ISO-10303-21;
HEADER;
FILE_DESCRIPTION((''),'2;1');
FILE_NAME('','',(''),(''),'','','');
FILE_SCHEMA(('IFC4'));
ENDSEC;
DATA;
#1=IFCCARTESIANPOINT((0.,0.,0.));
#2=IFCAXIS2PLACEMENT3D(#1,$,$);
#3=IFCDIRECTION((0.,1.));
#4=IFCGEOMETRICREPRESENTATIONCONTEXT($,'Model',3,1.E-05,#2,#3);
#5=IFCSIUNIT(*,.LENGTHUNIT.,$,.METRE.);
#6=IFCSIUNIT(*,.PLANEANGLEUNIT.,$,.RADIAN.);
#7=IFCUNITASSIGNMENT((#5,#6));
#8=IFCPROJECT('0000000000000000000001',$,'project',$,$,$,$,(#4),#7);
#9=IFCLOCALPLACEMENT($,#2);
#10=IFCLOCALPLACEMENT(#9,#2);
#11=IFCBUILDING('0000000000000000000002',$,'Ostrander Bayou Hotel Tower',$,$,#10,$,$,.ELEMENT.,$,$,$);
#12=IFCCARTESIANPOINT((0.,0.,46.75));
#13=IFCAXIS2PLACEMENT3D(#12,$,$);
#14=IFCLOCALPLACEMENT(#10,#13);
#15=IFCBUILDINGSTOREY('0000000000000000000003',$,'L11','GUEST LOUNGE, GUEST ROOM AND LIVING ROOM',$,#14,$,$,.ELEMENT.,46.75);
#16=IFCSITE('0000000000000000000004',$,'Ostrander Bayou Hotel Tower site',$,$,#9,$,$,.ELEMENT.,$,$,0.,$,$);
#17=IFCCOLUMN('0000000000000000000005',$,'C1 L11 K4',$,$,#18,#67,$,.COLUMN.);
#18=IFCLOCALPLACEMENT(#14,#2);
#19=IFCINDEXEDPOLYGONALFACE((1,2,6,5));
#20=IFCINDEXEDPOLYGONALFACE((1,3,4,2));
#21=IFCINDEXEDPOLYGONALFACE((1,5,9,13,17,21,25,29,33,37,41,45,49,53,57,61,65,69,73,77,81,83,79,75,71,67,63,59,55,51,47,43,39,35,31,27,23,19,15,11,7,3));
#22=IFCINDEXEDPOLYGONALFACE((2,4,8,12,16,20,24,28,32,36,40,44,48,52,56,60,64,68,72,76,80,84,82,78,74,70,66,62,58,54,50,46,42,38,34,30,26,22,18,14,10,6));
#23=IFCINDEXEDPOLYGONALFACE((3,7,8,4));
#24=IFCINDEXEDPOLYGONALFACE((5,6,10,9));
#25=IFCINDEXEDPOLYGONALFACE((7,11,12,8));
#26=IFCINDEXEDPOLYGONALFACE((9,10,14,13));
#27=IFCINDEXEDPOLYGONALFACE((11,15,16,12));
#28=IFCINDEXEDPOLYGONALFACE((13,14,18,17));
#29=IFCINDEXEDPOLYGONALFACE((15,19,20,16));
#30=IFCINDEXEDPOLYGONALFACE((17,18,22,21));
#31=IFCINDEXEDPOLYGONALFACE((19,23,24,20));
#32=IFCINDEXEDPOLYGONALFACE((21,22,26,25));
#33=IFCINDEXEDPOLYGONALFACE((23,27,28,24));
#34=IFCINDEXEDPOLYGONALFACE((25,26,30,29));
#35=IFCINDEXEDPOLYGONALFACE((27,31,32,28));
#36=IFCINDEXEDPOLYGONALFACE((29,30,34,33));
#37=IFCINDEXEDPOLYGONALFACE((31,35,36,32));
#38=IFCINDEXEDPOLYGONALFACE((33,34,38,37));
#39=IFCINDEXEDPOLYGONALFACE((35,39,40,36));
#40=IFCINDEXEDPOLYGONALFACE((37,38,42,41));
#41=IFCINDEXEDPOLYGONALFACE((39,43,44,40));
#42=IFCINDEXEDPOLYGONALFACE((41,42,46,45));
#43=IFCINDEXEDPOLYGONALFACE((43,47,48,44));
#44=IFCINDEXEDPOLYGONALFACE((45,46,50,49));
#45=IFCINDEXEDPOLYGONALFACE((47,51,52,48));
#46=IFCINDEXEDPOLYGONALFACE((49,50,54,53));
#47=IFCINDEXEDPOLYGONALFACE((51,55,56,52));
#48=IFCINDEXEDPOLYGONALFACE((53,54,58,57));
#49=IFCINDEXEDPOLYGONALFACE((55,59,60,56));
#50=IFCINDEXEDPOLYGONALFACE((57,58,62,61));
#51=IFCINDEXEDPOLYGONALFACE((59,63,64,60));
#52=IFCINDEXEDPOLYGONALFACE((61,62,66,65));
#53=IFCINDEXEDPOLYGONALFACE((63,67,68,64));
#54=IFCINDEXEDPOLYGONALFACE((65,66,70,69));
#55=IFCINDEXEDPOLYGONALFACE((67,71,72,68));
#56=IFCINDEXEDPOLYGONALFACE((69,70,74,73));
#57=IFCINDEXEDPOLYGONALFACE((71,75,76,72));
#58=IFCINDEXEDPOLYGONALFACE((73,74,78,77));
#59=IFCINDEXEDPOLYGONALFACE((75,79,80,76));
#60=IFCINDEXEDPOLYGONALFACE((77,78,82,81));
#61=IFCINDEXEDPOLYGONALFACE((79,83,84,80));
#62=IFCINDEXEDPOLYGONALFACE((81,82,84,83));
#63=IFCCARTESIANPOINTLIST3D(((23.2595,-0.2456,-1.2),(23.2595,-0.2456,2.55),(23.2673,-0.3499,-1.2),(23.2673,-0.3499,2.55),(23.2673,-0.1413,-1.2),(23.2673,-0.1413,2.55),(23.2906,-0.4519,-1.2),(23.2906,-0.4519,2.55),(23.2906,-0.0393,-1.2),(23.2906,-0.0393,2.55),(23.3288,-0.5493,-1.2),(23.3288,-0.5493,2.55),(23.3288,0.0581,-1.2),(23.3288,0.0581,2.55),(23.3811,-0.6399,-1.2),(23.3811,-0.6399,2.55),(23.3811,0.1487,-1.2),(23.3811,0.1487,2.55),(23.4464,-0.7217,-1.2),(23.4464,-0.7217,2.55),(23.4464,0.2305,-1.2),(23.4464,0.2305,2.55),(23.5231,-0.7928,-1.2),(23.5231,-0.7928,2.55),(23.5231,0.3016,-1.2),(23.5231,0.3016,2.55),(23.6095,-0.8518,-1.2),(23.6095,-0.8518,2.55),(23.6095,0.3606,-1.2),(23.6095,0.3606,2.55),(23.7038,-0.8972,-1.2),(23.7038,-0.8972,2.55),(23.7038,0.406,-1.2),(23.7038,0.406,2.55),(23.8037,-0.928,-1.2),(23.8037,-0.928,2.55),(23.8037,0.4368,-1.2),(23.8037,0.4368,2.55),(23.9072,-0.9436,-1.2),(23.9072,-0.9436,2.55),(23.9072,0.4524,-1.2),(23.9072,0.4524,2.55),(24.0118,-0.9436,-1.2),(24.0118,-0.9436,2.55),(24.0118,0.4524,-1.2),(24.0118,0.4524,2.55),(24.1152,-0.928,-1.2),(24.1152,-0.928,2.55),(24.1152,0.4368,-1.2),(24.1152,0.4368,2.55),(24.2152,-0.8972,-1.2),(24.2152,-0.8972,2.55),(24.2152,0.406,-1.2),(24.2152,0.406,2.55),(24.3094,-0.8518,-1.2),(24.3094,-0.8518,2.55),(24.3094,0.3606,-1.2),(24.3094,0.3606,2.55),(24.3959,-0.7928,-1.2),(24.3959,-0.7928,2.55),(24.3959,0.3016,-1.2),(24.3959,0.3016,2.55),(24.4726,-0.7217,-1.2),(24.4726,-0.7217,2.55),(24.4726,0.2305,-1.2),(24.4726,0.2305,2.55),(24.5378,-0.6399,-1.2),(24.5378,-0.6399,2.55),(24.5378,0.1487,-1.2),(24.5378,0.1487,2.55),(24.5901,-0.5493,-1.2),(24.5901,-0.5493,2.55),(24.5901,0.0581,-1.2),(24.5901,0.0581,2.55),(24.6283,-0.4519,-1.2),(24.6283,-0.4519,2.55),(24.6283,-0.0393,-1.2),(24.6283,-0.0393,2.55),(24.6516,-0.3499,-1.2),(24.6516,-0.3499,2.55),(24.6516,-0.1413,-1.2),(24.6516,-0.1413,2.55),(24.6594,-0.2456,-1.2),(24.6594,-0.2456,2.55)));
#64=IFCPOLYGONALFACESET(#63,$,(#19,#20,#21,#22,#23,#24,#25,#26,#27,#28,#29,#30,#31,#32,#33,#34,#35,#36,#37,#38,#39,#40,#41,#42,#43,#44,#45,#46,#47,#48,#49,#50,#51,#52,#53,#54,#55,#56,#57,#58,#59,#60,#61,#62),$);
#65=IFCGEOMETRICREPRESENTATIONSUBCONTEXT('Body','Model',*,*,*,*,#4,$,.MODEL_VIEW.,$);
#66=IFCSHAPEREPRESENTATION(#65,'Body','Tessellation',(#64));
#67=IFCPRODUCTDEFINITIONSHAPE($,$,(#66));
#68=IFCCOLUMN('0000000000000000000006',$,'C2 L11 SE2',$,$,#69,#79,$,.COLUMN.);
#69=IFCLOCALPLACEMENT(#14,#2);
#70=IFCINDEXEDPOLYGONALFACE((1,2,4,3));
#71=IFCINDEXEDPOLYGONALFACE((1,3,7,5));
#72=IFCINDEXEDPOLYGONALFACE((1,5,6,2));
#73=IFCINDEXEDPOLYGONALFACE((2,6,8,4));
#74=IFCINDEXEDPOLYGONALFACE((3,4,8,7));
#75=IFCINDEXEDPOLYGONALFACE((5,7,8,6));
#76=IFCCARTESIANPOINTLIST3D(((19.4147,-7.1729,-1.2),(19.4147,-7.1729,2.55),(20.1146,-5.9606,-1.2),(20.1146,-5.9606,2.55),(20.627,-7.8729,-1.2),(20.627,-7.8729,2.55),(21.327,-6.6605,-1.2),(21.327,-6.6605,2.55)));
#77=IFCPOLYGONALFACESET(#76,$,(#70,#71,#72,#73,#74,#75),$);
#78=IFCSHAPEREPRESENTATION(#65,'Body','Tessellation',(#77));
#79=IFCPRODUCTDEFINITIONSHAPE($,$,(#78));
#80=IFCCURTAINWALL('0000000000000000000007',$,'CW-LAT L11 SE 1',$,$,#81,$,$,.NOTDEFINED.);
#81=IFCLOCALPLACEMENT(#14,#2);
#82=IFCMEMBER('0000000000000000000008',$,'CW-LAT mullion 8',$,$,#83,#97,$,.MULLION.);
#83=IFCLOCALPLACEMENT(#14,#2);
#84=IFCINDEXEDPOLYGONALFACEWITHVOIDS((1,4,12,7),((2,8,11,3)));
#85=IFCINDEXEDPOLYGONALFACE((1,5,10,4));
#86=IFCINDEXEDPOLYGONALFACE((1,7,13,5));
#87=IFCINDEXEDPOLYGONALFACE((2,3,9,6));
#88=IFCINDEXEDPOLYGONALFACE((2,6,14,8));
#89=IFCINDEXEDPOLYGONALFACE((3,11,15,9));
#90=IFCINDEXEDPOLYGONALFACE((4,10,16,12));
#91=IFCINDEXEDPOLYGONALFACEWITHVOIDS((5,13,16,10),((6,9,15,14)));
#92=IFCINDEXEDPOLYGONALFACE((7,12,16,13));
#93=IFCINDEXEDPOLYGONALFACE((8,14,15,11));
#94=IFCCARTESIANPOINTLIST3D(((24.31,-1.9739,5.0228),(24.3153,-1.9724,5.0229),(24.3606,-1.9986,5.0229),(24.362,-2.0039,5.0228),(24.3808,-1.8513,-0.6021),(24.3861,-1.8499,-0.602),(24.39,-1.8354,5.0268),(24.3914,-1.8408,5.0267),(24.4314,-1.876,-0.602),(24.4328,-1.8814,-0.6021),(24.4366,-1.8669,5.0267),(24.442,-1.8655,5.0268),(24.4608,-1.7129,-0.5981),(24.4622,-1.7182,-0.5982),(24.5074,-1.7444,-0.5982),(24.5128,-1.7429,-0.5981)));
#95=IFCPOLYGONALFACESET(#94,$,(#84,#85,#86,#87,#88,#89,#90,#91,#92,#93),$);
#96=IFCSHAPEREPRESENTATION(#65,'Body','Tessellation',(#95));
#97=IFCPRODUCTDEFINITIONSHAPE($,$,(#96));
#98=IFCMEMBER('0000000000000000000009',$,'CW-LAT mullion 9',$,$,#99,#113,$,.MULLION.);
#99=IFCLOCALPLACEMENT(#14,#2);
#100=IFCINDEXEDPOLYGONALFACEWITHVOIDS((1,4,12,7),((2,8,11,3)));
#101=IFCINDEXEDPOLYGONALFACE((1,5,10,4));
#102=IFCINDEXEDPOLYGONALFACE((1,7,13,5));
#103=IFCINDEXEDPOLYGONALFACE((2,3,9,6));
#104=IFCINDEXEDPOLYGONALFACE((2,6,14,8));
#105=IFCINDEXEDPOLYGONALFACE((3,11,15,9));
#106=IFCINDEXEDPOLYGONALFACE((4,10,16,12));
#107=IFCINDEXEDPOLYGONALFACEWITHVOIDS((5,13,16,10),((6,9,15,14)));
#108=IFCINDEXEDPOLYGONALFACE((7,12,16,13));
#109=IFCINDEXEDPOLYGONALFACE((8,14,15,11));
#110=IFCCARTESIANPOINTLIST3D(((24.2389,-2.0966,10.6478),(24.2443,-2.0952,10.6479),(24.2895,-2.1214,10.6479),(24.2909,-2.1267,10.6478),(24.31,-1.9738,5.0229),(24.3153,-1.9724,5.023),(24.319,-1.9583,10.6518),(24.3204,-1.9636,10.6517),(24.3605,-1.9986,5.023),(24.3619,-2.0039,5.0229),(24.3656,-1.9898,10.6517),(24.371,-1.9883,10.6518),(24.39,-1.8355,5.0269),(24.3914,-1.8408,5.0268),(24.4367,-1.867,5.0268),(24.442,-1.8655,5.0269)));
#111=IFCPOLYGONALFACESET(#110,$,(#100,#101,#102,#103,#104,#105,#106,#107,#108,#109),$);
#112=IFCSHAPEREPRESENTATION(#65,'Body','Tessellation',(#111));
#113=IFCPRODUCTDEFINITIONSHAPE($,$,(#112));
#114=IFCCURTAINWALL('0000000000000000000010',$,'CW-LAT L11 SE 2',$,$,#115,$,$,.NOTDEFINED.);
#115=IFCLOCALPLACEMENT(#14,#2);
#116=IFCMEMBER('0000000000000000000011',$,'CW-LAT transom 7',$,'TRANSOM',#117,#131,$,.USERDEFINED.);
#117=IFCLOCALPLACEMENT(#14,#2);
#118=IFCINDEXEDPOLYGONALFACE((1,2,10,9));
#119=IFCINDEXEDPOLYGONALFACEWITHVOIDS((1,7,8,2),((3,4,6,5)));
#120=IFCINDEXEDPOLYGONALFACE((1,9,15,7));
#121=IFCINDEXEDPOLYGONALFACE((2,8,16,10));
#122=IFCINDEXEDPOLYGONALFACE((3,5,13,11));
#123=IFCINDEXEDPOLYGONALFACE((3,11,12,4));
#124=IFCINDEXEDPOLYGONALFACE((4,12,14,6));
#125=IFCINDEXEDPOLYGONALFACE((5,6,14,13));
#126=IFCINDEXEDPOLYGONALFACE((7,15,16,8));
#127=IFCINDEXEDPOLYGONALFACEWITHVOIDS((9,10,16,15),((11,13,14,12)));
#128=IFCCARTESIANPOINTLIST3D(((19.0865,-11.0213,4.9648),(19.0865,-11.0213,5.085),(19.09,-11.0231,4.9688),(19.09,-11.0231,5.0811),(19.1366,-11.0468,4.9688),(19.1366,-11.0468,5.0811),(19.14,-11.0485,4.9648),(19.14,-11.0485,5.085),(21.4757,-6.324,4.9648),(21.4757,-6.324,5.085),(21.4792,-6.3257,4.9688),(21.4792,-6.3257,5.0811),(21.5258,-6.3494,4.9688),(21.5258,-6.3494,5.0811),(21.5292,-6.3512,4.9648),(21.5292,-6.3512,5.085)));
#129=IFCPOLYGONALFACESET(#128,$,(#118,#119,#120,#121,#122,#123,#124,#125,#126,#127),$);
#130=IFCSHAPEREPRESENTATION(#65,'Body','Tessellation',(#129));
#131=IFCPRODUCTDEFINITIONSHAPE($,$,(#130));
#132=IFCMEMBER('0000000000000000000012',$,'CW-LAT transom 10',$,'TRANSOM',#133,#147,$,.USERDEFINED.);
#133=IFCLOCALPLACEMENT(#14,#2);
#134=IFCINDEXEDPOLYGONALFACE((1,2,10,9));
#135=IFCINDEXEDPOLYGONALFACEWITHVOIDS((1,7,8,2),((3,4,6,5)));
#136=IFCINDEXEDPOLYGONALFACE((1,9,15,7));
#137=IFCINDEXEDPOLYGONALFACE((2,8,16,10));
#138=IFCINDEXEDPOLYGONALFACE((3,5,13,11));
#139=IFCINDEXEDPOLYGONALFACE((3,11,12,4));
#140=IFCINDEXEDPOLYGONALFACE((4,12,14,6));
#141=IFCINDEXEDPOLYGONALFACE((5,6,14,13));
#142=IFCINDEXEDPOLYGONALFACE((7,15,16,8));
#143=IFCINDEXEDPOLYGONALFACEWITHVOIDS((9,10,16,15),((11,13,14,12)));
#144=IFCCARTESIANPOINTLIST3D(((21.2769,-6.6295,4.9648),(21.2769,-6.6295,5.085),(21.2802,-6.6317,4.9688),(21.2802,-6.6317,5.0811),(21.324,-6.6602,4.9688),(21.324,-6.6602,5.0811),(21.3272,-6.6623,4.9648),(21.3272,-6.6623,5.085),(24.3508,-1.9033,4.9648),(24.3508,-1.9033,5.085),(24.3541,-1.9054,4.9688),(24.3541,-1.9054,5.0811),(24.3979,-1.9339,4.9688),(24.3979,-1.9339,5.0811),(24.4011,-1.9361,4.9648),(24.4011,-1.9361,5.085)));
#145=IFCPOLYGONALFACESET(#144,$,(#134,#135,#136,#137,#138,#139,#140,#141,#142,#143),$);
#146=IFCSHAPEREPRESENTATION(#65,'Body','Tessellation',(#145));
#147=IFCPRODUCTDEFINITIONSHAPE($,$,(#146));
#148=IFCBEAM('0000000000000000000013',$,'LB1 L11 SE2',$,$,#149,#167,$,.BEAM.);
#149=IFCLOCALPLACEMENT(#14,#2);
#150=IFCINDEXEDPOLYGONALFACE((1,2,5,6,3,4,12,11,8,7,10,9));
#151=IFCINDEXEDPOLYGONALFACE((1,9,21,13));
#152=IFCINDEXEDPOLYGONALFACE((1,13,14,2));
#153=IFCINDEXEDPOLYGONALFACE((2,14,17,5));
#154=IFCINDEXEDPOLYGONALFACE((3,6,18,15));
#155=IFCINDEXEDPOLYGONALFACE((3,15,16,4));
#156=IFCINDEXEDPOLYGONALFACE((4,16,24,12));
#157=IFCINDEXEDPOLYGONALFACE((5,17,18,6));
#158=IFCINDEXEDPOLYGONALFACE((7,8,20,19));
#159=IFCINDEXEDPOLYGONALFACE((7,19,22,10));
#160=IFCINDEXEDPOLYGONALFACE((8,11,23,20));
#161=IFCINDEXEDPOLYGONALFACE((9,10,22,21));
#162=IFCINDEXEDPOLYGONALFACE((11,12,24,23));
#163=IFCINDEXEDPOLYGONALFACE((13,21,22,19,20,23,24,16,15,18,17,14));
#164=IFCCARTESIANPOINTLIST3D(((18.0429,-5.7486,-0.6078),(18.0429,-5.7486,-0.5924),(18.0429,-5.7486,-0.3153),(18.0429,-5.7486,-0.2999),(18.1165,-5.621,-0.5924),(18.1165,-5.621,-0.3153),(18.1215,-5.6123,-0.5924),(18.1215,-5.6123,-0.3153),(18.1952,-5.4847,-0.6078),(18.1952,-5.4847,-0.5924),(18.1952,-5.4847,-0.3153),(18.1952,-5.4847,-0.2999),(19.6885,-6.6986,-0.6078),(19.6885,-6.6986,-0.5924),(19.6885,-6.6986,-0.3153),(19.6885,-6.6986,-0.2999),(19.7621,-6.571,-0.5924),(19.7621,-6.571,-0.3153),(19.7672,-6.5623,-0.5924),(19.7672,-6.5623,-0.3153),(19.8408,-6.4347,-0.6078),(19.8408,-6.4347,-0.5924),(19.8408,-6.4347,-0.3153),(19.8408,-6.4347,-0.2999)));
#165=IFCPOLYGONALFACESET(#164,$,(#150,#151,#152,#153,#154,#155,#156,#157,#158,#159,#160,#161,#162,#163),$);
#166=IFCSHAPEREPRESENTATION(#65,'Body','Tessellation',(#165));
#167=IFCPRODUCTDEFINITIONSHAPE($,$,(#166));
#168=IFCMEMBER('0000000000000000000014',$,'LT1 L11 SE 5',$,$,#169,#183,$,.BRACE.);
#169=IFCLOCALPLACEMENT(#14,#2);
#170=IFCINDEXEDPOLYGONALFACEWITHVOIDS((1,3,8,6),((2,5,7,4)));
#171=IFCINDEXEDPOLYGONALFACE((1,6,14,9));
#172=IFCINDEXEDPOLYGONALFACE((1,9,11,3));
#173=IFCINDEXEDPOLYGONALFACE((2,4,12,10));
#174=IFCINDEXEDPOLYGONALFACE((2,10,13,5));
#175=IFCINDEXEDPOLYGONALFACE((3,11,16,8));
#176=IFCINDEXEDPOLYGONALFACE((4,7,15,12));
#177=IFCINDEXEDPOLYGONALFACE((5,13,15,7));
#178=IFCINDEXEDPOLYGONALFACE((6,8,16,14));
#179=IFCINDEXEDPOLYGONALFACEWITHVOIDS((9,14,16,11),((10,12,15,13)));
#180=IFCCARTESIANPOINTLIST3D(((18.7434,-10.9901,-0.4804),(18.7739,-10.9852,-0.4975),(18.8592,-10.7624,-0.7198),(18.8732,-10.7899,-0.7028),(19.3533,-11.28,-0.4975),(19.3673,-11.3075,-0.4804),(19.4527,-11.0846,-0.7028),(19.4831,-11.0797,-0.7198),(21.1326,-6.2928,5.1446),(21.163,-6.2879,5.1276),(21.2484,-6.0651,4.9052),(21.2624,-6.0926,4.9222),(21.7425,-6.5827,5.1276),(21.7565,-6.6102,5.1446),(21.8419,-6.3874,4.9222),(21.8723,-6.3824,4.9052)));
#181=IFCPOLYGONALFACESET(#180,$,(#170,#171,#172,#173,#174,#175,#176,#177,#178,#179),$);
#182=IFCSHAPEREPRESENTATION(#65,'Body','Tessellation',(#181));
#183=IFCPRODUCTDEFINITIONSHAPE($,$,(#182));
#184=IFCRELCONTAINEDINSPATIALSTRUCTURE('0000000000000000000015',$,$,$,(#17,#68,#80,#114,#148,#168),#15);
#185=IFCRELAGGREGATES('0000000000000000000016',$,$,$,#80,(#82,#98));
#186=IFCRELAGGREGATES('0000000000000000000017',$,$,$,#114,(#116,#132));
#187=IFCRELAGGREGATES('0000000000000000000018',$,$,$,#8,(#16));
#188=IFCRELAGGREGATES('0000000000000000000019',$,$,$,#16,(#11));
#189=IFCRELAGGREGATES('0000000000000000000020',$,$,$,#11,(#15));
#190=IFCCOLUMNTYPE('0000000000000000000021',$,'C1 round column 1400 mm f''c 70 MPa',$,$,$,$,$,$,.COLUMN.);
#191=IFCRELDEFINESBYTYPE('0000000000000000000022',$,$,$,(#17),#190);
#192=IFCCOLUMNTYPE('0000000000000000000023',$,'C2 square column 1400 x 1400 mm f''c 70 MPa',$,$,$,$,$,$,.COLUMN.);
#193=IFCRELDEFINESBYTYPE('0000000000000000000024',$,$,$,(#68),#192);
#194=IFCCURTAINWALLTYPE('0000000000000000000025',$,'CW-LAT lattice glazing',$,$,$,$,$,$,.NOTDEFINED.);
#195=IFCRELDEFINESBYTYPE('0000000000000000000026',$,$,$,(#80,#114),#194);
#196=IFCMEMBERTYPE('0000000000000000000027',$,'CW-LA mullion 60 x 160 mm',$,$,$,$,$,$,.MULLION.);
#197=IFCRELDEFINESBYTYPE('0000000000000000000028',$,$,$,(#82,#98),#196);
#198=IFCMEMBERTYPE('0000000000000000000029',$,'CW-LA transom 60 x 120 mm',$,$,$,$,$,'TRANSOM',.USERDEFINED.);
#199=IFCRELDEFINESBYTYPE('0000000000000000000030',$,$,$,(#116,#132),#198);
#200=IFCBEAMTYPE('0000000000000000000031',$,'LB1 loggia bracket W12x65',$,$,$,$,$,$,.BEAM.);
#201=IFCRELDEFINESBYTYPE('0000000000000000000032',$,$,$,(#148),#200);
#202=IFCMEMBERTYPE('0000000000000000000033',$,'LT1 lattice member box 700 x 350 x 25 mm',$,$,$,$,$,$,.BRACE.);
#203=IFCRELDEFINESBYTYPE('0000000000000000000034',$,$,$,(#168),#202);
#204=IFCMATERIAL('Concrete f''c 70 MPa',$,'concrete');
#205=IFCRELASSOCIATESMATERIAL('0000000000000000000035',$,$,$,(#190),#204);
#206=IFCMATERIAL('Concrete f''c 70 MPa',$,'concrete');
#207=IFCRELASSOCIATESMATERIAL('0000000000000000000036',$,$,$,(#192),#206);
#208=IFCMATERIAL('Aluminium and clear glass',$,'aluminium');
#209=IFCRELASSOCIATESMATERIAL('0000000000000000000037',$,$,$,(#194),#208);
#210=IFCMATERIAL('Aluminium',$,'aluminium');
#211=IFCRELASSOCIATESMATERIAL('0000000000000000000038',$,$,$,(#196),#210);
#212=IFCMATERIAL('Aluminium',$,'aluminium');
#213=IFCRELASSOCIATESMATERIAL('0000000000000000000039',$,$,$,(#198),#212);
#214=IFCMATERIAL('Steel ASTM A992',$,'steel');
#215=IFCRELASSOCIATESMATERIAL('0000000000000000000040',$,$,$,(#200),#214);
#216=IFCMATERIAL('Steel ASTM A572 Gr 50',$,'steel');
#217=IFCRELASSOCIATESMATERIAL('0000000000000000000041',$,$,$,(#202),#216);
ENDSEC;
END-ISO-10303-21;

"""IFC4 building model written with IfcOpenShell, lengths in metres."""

from ifc_helpers import new_model, si_unit, direction, frame, origin, origin_2d, place, context, subcontext, project, spatial, rectangle, hollow_rectangle, circle, i_section, extrude, material, material_profile, profile_set, type_object, element, aggregate, save


model = new_model("IFC4")

# Units and contexts
model_context = context("Model", 3, precision=1e-05, world=origin(), true_north=direction((0.0, 1.0)))
body_context = subcontext(model_context, "Body", "Model", "MODEL_VIEW")
ifc_project = project(units=[si_unit("LENGTHUNIT", "METRE"), si_unit("PLANEANGLEUNIT", "RADIAN")], contexts=[model_context])

# Site, building, storey
site_placement = place(None, origin())
site = spatial("IfcSite", under=ifc_project, at=site_placement, Name="Ostrander Bayou Hotel Tower site", CompositionType="ELEMENT", RefElevation=0.0)
building_placement = place(site_placement, origin())
building = spatial("IfcBuilding", under=site, at=building_placement, Name="Ostrander Bayou Hotel Tower", CompositionType="ELEMENT")
storey_placement = place(building_placement, frame((0.0, 0.0, 46.75)))
storey = spatial("IfcBuildingStorey", under=building, at=storey_placement, Name="L11", Description="GUEST LOUNGE, GUEST ROOM AND LIVING ROOM", CompositionType="ELEMENT", Elevation=46.75)

# Columns
ifc_material_1 = material(Name="Concrete f'c 70 MPa", Category="concrete")
ifc_material_profile_1 = material_profile(ifc_material_1, circle(Radius=0.7, at=origin_2d()))
ifc_profile_set_1 = profile_set([ifc_material_profile_1], Name="Concrete f'c 70 MPa")
column_type_1 = type_object("IfcColumnType", Name="C1 round column 1400 mm f'c 70 MPa", PredefinedType="COLUMN", material=ifc_profile_set_1)
column_1_placement = place(storey_placement, frame((23.9595, -0.2456, -1.2), z_axis=(0.0, 0.0, 1.0), x_axis=(1.0, 0.0, 0.0)))
element("IfcColumn", 1, at=column_1_placement, inside=storey, type_object=column_type_1, Name="C1 L11 K4", PredefinedType="COLUMN", context=body_context, shape_type="SweptSolid", body=[
    extrude(circle(Radius=0.7, at=origin_2d()), origin(), (0.0, 0.0, 1.0), 3.75),
])
ifc_material_2 = material(Name="Concrete f'c 70 MPa", Category="concrete")
ifc_material_profile_2 = material_profile(ifc_material_2, rectangle(XDim=1.3999, YDim=1.3999, at=origin_2d()))
ifc_profile_set_2 = profile_set([ifc_material_profile_2], Name="Concrete f'c 70 MPa")
column_type_2 = type_object("IfcColumnType", Name="C2 square column 1400 x 1400 mm f'c 70 MPa", PredefinedType="COLUMN", material=ifc_profile_set_2)
column_2_placement = place(storey_placement, frame((20.3708, -6.9167, -1.2), z_axis=(0.0, 0.0, 1.0), x_axis=(-0.5, -0.866025, 0.0)))
element("IfcColumn", 2, at=column_2_placement, inside=storey, type_object=column_type_2, Name="C2 L11 SE2", PredefinedType="COLUMN", context=body_context, shape_type="SweptSolid", body=[
    extrude(rectangle(XDim=1.3999, YDim=1.3999, at=origin_2d()), origin(), (0.0, 0.0, 1.0), 3.75),
])

# Curtain walls, members
ifc_material_3 = material(Name="Aluminium and clear glass", Category="aluminium")
curtain_wall_type = type_object("IfcCurtainWallType", Name="CW-LAT lattice glazing", PredefinedType="NOTDEFINED", material=ifc_material_3)
curtain_wall_1_placement = place(storey_placement, origin())
curtain_wall_1 = element("IfcCurtainWall", 3, at=curtain_wall_1_placement, inside=storey, type_object=curtain_wall_type, Name="CW-LAT L11 SE 1", PredefinedType="NOTDEFINED")
ifc_material_4 = material(Name="Aluminium", Category="aluminium")
ifc_material_profile_3 = material_profile(ifc_material_4, hollow_rectangle(XDim=0.0601, YDim=0.1599, WallThickness=0.0039, at=origin_2d()))
ifc_profile_set_3 = profile_set([ifc_material_profile_3], Name="Aluminium")
member_type_1 = type_object("IfcMemberType", Name="CW-LA mullion 60 x 160 mm", PredefinedType="MULLION", material=ifc_profile_set_3)
member_1_placement = place(storey_placement, frame((24.4468, -1.7971, -0.6001), z_axis=(-0.012583, -0.021781, 0.999684), x_axis=(0.865898, -0.50022, 0.0)))
member_1 = element("IfcMember", 4, at=member_1_placement, type_object=member_type_1, Name="CW-LAT mullion 8", PredefinedType="MULLION", context=body_context, shape_type="SweptSolid", body=[
    extrude(hollow_rectangle(XDim=0.0601, YDim=0.1599, WallThickness=0.0039, at=origin_2d()), origin(), (0.0, 0.0, 1.0), 5.6267),
])
member_2_placement = place(storey_placement, frame((24.376, -1.9197, 5.0249), z_axis=(-0.012626, -0.021825, 0.999682), x_axis=(0.865583, -0.500765, 0.0)))
member_2 = element("IfcMember", 5, at=member_2_placement, type_object=member_type_1, Name="CW-LAT mullion 9", PredefinedType="MULLION", context=body_context, shape_type="SweptSolid", body=[
    extrude(hollow_rectangle(XDim=0.0601, YDim=0.1599, WallThickness=0.0039, at=origin_2d()), origin(), (0.0, 0.0, 1.0), 5.6267),
])
curtain_wall_2_placement = place(storey_placement, origin())
curtain_wall_2 = element("IfcCurtainWall", 6, at=curtain_wall_2_placement, inside=storey, type_object=curtain_wall_type, Name="CW-LAT L11 SE 2", PredefinedType="NOTDEFINED")
ifc_material_5 = material(Name="Aluminium", Category="aluminium")
ifc_material_profile_4 = material_profile(ifc_material_5, hollow_rectangle(XDim=0.0601, YDim=0.1201, WallThickness=0.0039, at=origin_2d()))
ifc_profile_set_4 = profile_set([ifc_material_profile_4], Name="Aluminium")
member_type_2 = type_object("IfcMemberType", Name="CW-LA transom 60 x 120 mm", ElementType="TRANSOM", PredefinedType="USERDEFINED", material=ifc_profile_set_4)
member_3_placement = place(storey_placement, frame((19.1133, -11.0349, 5.0249), z_axis=(0.453355, 0.89133, 0.0), x_axis=(-0.89133, 0.453355, 0.0)))
member_3 = element("IfcMember", 7, at=member_3_placement, type_object=member_type_2, Name="CW-LAT transom 7", ObjectType="TRANSOM", PredefinedType="USERDEFINED", context=body_context, shape_type="SweptSolid", body=[
    extrude(hollow_rectangle(XDim=0.0601, YDim=0.1201, WallThickness=0.0039, at=origin_2d()), origin(), (0.0, 0.0, 1.0), 5.27),
])
member_4_placement = place(storey_placement, frame((24.376, -1.9197, 5.0249), z_axis=(-0.545221, -0.838292, 0.0), x_axis=(0.838292, -0.545221, 0.0)))
member_4 = element("IfcMember", 8, at=member_4_placement, type_object=member_type_2, Name="CW-LAT transom 10", ObjectType="TRANSOM", PredefinedType="USERDEFINED", context=body_context, shape_type="SweptSolid", body=[
    extrude(hollow_rectangle(XDim=0.0601, YDim=0.1201, WallThickness=0.0039, at=origin_2d()), origin(), (0.0, 0.0, 1.0), 5.6379),
])

# Beam
ifc_material_6 = material(Name="Steel ASTM A992", Category="steel")
ifc_material_profile_5 = material_profile(ifc_material_6, i_section(OverallWidth=0.3047, OverallDepth=0.3079, WebThickness=0.01, FlangeThickness=0.0154, at=origin_2d()))
ifc_profile_set_5 = profile_set([ifc_material_profile_5], Name="Steel ASTM A992")
beam_type_1 = type_object("IfcBeamType", Name="LB1 loggia bracket W12x65", PredefinedType="BEAM", material=ifc_profile_set_5)
beam_1_placement = place(storey_placement, frame((19.7646, -6.5667, -0.4539), z_axis=(-0.866044, 0.499967, 0.0), x_axis=(-0.499967, -0.866044, 0.0)))
element("IfcBeam", 9, at=beam_1_placement, inside=storey, type_object=beam_type_1, Name="LB1 L11 SE2", PredefinedType="BEAM", context=body_context, shape_type="SweptSolid", body=[
    extrude(i_section(OverallWidth=0.3047, OverallDepth=0.3079, WebThickness=0.01, FlangeThickness=0.0154, at=origin_2d()), origin(), (0.0, 0.0, 1.0), 1.9001),
])

# Member
ifc_material_7 = material(Name="Steel ASTM A572 Gr 50", Category="steel")
ifc_material_profile_6 = material_profile(ifc_material_7, hollow_rectangle(XDim=0.7, YDim=0.3501, WallThickness=0.0249, at=origin_2d()))
ifc_profile_set_6 = profile_set([ifc_material_profile_6], Name="Steel ASTM A572 Gr 50")
member_type_3 = type_object("IfcMemberType", Name="LT1 lattice member box 700 x 350 x 25 mm", PredefinedType="BRACE", material=ifc_profile_set_6)
for number, where, z_axis, x_axis, name in (
    (10, (21.5024, -6.3376, 5.0249), (-0.309959, -0.609403, -0.729763), (0.89133, -0.453355, 0.0), "LT1 L11 SE 5"),
):
    element("IfcMember", number, at=place(storey_placement, frame(where, z_axis=z_axis, x_axis=x_axis)), inside=storey, type_object=member_type_3, Name=name, PredefinedType="BRACE", context=body_context, shape_type="SweptSolid", body=[
        extrude(hollow_rectangle(XDim=0.7, YDim=0.3501, WallThickness=0.0249, at=origin_2d()), origin(), (0.0, 0.0, 1.0), 7.708),
    ])

aggregate(curtain_wall_1, [member_1, member_2])
aggregate(curtain_wall_2, [member_3, member_4])

save(model, "model.ifc")
